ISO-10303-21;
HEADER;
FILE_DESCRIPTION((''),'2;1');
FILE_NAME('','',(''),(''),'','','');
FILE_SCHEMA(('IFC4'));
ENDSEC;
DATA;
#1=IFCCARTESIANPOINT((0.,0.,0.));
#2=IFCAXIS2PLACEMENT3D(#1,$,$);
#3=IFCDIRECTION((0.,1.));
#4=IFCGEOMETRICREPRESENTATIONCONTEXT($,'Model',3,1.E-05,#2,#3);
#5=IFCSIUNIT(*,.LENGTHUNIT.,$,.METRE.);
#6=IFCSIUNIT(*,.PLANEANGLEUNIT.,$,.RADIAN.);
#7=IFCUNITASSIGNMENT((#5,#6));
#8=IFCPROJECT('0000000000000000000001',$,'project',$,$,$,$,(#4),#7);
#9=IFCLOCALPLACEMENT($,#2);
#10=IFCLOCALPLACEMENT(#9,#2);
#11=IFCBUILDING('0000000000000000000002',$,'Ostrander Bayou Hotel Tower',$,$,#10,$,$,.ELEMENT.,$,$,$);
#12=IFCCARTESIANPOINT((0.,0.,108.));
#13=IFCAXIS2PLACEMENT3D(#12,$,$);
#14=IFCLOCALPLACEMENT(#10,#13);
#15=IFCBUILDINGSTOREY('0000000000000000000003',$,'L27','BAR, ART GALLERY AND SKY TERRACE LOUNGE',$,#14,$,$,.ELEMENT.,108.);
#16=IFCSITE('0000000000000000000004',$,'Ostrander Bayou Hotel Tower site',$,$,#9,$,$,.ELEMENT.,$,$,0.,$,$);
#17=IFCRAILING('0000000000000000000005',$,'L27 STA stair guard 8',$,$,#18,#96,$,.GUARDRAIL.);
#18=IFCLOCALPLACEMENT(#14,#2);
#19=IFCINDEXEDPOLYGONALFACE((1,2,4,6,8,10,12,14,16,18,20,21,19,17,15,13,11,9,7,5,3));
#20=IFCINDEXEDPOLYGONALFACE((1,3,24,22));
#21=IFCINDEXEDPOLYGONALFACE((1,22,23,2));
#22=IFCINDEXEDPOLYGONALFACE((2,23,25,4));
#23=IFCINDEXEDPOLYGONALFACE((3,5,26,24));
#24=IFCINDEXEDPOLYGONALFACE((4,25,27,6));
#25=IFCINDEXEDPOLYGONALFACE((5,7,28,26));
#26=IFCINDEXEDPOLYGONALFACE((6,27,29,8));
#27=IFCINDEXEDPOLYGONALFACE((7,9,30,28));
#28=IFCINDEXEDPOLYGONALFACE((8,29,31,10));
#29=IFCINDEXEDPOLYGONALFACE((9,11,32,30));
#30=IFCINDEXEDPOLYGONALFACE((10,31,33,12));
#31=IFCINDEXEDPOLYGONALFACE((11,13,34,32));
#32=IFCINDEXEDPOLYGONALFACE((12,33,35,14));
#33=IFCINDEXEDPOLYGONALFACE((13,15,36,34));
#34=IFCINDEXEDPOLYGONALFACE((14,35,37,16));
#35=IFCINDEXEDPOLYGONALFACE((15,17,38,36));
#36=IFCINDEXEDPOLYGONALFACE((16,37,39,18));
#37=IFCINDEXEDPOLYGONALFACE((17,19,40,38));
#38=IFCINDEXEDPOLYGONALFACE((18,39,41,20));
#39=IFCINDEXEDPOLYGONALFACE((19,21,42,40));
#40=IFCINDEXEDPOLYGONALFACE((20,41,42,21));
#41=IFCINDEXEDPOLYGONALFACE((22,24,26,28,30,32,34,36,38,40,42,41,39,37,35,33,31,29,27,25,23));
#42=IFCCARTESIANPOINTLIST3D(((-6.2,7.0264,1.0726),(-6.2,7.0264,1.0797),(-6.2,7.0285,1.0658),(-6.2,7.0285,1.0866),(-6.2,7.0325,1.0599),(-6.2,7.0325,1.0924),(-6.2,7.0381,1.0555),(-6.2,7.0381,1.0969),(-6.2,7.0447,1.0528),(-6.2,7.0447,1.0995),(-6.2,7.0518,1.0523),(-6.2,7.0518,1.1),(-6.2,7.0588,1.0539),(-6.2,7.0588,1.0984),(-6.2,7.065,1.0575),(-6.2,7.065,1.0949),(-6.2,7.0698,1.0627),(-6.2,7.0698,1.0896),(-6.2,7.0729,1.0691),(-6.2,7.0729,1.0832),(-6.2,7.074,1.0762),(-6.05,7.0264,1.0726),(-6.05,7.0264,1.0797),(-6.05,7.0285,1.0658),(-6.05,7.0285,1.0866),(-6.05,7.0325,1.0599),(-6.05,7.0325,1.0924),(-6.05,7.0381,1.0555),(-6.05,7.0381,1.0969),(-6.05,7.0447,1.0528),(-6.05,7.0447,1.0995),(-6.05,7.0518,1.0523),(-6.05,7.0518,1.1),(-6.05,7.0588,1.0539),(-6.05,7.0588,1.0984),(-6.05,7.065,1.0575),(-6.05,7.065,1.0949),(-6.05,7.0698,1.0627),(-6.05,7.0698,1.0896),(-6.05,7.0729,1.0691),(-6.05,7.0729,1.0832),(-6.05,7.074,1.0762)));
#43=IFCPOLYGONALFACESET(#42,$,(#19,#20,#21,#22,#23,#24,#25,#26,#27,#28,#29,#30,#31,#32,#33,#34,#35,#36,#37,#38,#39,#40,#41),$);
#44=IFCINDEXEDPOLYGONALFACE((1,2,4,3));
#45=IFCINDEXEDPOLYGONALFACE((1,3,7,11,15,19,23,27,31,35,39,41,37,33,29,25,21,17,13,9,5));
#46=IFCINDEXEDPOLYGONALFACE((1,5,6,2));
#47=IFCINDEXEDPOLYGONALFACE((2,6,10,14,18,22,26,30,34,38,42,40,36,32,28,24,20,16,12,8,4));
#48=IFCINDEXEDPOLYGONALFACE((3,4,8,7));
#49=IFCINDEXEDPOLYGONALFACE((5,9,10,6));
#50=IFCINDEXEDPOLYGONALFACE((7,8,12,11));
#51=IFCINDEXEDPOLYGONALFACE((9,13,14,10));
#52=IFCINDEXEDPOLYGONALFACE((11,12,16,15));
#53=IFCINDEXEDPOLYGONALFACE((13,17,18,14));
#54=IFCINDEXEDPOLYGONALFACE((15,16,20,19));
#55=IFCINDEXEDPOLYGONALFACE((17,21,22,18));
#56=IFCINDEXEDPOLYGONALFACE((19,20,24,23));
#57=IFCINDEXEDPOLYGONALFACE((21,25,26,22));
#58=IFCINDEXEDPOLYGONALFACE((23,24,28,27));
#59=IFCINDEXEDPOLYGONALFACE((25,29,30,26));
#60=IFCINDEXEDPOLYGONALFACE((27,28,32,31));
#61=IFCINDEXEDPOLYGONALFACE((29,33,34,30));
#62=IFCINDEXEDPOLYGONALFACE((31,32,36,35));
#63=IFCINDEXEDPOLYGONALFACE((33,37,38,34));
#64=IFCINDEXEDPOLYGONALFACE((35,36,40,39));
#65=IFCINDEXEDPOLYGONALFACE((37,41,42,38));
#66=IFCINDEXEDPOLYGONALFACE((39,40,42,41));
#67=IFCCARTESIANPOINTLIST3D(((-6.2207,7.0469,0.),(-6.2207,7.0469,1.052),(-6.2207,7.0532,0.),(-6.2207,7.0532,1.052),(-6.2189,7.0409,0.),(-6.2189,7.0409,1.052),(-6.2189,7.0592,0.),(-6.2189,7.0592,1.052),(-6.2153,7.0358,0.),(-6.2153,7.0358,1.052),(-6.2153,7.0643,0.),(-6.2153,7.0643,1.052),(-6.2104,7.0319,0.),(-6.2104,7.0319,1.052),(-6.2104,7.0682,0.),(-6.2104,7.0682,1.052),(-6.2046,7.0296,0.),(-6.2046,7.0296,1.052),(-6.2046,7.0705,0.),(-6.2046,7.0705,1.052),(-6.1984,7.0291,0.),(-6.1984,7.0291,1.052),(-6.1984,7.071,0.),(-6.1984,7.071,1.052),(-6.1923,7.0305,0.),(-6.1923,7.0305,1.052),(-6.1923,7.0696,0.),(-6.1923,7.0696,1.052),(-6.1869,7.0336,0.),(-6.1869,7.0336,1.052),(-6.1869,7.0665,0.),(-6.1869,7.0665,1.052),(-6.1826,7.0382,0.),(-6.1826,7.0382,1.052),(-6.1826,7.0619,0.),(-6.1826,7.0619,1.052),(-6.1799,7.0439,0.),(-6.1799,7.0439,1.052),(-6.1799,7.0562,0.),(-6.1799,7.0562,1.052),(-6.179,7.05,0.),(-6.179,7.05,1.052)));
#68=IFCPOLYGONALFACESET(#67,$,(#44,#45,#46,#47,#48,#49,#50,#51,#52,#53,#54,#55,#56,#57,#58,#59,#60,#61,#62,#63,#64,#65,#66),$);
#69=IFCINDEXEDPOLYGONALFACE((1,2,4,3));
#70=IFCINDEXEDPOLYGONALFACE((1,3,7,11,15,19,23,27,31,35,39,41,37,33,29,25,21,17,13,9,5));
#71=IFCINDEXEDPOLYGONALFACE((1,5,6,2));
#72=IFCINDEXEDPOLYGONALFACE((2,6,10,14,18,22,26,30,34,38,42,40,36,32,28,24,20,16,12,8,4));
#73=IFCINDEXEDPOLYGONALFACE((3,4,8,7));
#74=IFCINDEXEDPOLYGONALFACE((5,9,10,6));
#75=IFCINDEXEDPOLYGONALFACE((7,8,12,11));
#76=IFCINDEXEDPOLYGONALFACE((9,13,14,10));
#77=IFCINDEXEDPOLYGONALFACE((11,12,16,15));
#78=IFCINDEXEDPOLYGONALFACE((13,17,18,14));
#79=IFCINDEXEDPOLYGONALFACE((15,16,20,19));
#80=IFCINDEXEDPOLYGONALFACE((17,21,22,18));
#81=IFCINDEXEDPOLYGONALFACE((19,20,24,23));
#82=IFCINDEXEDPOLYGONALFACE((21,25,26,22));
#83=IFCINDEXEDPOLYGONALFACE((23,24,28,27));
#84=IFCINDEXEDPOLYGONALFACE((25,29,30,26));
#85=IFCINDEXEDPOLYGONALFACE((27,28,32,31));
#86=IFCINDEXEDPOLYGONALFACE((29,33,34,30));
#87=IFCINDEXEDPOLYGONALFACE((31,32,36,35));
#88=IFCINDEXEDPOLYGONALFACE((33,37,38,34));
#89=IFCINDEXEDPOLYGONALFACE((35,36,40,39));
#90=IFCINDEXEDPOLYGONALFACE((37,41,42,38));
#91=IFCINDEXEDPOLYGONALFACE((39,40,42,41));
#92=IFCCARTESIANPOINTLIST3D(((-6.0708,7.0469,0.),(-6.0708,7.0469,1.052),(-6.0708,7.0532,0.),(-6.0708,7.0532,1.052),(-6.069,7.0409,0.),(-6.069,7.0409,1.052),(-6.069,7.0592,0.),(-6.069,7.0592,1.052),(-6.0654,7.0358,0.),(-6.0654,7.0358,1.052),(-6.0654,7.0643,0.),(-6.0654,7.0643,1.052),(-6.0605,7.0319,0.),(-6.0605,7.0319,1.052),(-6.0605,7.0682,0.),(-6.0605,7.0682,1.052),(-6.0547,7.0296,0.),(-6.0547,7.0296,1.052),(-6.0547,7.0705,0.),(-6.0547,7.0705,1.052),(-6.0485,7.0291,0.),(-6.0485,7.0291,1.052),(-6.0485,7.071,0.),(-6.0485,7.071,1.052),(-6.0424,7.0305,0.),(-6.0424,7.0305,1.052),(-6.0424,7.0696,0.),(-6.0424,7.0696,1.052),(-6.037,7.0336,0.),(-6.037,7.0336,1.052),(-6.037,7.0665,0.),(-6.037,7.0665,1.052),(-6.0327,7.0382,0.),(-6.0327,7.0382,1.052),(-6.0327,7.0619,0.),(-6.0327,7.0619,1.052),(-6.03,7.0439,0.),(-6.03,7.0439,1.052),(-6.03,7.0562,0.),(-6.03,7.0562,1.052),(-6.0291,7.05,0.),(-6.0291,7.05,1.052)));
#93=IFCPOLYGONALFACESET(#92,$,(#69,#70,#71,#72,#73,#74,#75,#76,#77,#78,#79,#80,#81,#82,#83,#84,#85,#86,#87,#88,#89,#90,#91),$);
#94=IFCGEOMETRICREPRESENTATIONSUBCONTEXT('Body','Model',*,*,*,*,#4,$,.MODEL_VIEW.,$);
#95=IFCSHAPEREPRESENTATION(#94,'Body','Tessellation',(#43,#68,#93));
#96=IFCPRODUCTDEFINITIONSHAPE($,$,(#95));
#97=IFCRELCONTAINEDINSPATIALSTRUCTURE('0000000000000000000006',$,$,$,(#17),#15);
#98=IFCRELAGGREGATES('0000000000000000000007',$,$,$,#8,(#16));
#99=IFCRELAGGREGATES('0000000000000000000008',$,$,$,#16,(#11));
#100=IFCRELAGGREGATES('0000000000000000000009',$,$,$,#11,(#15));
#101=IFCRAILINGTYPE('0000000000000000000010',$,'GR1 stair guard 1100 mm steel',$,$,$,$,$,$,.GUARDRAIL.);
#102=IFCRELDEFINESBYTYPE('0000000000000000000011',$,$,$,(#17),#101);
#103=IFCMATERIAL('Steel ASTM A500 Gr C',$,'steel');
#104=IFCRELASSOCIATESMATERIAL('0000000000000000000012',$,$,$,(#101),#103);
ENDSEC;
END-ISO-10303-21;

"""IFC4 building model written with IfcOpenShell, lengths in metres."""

from ifc_helpers import new_model, si_unit, direction, frame, origin, origin_2d, place, context, subcontext, project, spatial, circle, extrude, material, type_object, element, save


model = new_model("IFC4")

# Units and contexts
model_context = context("Model", 3, precision=1e-05, world=origin(), true_north=direction((0.0, 1.0)))
body_context = subcontext(model_context, "Body", "Model", "MODEL_VIEW")
ifc_project = project(units=[si_unit("LENGTHUNIT", "METRE"), si_unit("PLANEANGLEUNIT", "RADIAN")], contexts=[model_context])

# Site, building, storey
site_placement = place(None, origin())
site = spatial("IfcSite", under=ifc_project, at=site_placement, Name="Ostrander Bayou Hotel Tower site", CompositionType="ELEMENT", RefElevation=0.0)
building_placement = place(site_placement, origin())
building = spatial("IfcBuilding", under=site, at=building_placement, Name="Ostrander Bayou Hotel Tower", CompositionType="ELEMENT")
storey_placement = place(building_placement, frame((0.0, 0.0, 108.0)))
storey = spatial("IfcBuildingStorey", under=building, at=storey_placement, Name="L27", Description="BAR, ART GALLERY AND SKY TERRACE LOUNGE", CompositionType="ELEMENT", Elevation=108.0)

# Railing
ifc_material_1 = material(Name="Steel ASTM A500 Gr C", Category="steel")
railing_type_1 = type_object("IfcRailingType", Name="GR1 stair guard 1100 mm steel", PredefinedType="GUARDRAIL", material=ifc_material_1)
railing_1_placement = place(storey_placement, frame((-6.2, 7.05, 0.0)))
element("IfcRailing", 1, at=railing_1_placement, inside=storey, type_object=railing_type_1, Name="L27 STA stair guard 8", PredefinedType="GUARDRAIL", context=body_context, shape_type="SweptSolid", body=[
    extrude(circle(Radius=0.0239, at=origin_2d()), frame((0.0, 0.0, 1.0762), z_axis=(1.0, 0.0, 0.0), x_axis=(0.0, 1.0, 0.0)), (0.0, 0.0, 1.0), 0.1499),
    extrude(circle(Radius=0.021, at=origin_2d()), origin(), (0.0, 0.0, 1.0), 1.052),
    extrude(circle(Radius=0.021, at=origin_2d()), frame((0.1499, 0.0, 0.0)), (0.0, 0.0, 1.0), 1.052),
])

save(model, "model.ifc")
